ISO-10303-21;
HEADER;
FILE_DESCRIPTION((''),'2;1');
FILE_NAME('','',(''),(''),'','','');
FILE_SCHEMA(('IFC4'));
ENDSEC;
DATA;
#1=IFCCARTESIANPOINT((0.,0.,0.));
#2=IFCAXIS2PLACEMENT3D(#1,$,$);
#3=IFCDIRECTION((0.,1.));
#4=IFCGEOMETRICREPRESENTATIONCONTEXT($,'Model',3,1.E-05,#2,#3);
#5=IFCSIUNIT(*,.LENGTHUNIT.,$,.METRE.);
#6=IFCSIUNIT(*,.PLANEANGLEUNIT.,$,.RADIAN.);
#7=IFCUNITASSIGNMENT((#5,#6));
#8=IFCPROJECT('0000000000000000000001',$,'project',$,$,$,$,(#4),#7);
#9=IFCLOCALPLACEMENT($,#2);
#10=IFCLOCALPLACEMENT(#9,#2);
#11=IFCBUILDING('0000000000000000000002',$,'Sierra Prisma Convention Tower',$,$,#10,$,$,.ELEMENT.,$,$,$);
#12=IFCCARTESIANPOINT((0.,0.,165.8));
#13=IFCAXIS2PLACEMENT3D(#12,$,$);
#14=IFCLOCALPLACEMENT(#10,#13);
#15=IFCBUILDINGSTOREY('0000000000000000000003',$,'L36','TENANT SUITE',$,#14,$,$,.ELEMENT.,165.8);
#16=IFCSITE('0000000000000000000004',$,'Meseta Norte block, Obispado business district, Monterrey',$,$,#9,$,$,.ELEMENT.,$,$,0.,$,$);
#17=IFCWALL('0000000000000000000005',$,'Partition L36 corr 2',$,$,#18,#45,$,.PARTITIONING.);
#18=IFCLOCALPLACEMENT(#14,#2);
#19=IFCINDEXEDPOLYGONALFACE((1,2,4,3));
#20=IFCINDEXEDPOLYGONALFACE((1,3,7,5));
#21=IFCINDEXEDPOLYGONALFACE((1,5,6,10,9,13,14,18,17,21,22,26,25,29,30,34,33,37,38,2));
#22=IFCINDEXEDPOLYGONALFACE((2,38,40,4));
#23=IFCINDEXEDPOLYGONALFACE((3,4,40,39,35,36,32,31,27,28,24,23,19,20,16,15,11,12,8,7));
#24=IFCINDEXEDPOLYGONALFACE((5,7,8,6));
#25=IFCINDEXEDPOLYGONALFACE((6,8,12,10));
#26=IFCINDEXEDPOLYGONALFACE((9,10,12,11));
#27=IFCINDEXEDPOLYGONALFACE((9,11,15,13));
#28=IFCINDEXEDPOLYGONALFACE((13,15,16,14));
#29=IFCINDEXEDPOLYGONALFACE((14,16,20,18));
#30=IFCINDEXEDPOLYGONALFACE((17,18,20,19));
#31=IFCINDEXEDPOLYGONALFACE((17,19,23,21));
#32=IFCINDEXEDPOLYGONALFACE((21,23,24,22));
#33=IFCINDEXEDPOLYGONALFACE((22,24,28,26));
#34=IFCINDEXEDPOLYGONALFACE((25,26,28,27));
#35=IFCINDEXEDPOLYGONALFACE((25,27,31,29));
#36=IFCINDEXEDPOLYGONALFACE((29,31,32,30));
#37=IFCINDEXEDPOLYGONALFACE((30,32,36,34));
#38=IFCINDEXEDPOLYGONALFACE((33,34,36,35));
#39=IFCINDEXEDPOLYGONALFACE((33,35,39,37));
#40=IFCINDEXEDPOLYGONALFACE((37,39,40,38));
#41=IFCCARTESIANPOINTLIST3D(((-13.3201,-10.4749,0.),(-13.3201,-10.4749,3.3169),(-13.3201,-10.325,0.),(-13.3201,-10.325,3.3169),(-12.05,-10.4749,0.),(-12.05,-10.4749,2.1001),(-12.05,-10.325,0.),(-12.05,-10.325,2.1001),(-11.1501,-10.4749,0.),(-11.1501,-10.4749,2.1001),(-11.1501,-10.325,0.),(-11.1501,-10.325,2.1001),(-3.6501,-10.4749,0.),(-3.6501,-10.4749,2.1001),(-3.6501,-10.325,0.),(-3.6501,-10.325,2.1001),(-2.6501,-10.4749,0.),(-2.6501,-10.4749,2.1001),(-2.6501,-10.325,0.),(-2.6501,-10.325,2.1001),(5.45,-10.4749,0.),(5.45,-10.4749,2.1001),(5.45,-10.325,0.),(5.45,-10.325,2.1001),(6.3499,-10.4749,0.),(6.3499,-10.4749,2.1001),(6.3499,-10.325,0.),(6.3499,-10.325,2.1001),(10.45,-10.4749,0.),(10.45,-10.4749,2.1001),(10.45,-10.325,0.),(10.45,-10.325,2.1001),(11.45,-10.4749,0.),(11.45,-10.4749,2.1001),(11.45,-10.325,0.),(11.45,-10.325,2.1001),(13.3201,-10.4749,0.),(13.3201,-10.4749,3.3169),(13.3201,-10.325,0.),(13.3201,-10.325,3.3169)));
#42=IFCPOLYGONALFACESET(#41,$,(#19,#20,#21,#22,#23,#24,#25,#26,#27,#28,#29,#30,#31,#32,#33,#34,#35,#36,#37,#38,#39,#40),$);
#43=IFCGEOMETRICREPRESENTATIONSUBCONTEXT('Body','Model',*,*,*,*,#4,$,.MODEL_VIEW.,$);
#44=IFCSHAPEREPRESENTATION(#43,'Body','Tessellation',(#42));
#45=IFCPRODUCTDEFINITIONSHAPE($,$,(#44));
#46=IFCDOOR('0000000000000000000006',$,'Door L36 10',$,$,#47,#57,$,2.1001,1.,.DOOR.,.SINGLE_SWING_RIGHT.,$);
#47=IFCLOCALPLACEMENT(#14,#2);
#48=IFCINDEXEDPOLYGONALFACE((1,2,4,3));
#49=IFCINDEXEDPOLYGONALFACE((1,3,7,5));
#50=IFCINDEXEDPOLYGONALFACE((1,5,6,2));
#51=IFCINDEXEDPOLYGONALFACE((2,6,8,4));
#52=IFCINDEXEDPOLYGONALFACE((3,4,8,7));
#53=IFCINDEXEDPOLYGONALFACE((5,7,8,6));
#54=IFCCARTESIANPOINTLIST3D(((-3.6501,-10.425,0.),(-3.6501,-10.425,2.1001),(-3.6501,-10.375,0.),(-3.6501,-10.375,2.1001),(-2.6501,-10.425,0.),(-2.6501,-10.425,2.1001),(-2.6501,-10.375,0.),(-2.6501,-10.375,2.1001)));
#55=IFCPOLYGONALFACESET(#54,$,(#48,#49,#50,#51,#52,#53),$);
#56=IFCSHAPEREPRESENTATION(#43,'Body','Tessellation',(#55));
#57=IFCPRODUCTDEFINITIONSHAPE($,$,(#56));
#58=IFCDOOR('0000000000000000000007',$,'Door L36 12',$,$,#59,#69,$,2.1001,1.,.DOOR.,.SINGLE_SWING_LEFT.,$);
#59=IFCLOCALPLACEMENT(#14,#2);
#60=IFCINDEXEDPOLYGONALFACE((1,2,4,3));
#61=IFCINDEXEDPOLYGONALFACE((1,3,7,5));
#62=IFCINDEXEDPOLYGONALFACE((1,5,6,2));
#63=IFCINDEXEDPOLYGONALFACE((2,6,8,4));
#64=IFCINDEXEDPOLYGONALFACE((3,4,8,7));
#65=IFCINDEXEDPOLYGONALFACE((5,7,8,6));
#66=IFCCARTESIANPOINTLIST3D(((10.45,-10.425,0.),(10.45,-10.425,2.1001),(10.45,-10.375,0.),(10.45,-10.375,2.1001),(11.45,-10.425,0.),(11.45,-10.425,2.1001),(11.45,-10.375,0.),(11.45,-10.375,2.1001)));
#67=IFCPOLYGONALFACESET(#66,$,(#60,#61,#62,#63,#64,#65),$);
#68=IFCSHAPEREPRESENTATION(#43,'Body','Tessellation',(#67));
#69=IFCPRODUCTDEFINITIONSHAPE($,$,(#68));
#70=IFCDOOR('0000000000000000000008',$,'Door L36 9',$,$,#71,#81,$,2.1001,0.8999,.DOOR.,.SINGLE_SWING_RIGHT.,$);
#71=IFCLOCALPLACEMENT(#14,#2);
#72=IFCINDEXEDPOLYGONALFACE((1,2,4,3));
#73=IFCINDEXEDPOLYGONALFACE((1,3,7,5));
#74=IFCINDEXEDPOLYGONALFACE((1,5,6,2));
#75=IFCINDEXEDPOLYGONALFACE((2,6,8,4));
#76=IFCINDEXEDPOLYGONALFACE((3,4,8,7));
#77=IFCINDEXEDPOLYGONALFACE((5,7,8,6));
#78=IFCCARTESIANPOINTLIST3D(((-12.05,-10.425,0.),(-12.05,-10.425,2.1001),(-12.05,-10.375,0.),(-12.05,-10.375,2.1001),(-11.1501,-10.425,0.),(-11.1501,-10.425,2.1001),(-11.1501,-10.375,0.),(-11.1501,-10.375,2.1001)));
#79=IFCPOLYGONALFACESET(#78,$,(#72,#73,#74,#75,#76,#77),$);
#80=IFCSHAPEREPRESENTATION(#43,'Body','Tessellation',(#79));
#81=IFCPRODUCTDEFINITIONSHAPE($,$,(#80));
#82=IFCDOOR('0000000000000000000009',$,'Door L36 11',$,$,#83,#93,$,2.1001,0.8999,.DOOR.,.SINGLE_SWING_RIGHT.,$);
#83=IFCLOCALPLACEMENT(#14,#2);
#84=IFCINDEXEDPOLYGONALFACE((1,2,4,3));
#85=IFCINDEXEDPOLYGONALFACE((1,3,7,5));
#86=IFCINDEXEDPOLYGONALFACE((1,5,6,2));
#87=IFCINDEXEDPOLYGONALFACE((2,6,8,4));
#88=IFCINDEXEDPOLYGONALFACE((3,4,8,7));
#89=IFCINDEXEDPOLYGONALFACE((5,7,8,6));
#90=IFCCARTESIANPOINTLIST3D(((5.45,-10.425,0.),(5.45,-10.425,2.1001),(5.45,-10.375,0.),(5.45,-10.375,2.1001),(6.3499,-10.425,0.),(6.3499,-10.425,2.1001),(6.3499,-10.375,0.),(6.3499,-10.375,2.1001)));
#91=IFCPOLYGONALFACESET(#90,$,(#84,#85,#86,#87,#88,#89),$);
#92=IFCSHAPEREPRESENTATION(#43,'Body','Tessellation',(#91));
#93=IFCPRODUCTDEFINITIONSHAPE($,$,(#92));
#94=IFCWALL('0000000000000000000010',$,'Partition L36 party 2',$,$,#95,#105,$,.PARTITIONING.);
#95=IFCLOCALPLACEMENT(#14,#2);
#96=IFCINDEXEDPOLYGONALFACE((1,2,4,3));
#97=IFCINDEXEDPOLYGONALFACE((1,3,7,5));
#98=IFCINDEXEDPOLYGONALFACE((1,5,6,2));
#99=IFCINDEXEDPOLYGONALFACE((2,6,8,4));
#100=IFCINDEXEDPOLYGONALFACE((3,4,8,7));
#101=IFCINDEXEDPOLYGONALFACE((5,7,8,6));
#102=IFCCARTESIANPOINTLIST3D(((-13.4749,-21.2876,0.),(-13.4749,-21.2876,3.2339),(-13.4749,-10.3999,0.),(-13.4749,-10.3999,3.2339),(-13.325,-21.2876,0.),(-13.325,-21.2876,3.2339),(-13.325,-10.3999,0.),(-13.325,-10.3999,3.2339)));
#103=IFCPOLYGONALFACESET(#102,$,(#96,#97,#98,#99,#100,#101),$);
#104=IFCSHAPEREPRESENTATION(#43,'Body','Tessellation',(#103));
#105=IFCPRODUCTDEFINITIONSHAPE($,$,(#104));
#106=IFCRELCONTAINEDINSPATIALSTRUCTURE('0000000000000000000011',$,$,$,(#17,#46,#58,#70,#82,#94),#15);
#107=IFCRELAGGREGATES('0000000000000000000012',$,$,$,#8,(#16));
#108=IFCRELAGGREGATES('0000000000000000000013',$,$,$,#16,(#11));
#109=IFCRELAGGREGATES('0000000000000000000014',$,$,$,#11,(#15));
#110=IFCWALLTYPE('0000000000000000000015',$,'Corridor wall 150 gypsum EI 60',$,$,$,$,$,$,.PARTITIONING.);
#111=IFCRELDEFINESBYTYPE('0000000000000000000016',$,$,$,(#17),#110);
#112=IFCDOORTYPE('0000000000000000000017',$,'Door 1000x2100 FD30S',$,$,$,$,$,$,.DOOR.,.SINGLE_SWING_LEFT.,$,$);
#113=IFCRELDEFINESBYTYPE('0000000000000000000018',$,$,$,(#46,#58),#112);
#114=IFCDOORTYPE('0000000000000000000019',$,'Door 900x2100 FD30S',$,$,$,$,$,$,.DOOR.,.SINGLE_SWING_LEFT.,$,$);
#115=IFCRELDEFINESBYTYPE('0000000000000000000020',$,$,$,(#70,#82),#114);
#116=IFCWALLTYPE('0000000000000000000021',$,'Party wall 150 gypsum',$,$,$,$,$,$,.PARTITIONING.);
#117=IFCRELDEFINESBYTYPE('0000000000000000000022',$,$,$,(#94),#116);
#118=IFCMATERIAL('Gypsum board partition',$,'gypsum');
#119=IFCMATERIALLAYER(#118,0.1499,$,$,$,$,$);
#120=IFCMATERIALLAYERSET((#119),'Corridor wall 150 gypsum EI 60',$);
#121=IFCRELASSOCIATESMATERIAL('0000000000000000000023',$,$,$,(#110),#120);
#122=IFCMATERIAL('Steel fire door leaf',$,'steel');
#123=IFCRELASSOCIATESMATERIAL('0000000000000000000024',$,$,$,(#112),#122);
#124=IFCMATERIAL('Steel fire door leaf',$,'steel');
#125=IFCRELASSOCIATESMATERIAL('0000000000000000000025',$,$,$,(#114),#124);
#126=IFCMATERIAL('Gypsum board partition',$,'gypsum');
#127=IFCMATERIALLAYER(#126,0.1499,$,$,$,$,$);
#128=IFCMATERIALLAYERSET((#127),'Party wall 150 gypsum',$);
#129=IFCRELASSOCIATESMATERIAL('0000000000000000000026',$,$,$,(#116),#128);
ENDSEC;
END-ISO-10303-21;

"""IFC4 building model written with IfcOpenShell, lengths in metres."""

from ifc_helpers import new_model, si_unit, direction, frame, frame_2d, origin, place, context, subcontext, project, spatial, rectangle, extrude, material, layer, layer_set, type_object, element, fill, save


model = new_model("IFC4")

# Units and contexts
model_context = context("Model", 3, precision=1e-05, world=origin(), true_north=direction((0.0, 1.0)))
body_context = subcontext(model_context, "Body", "Model", "MODEL_VIEW")
ifc_project = project(units=[si_unit("LENGTHUNIT", "METRE"), si_unit("PLANEANGLEUNIT", "RADIAN")], contexts=[model_context])

# Site, building, storey
site_placement = place(None, origin())
site = spatial("IfcSite", under=ifc_project, at=site_placement, Name="Meseta Norte block, Obispado business district, Monterrey", CompositionType="ELEMENT", RefElevation=0.0)
building_placement = place(site_placement, origin())
building = spatial("IfcBuilding", under=site, at=building_placement, Name="Sierra Prisma Convention Tower", CompositionType="ELEMENT")
storey_placement = place(building_placement, frame((0.0, 0.0, 165.8)))
storey = spatial("IfcBuildingStorey", under=building, at=storey_placement, Name="L36", Description="TENANT SUITE", CompositionType="ELEMENT", Elevation=165.8)

# Wall, openings, doors
ifc_material_1 = material(Name="Gypsum board partition", Category="gypsum")
ifc_layer_1 = layer(ifc_material_1, 0.1499)
ifc_layer_set_1 = layer_set([ifc_layer_1], Name="Corridor wall 150 gypsum EI 60")
wall_type_1 = type_object("IfcWallType", Name="Corridor wall 150 gypsum EI 60", PredefinedType="PARTITIONING", material=ifc_layer_set_1)
wall_1_placement = place(storey_placement, frame((-13.3201, -10.3999, 0.0), z_axis=(0.0, 0.0, 1.0), x_axis=(1.0, 0.0, 0.0)))
wall_1 = element("IfcWall", 1, at=wall_1_placement, inside=storey, type_object=wall_type_1, Name="Partition L36 corr 2", PredefinedType="PARTITIONING", context=body_context, shape_type="SweptSolid", body=[
    extrude(rectangle(XDim=26.6401, YDim=0.1499, at=frame_2d((13.3201, 0.0))), origin(), (0.0, 0.0, 1.0), 3.3169),
])
opening_1_placement = place(wall_1_placement, frame((1.27, 0.0, 0.0)))
opening_1 = element("IfcOpeningElement", 2, at=opening_1_placement, cuts=wall_1, PredefinedType="OPENING", context=body_context, shape_type="SweptSolid", body=[
    extrude(rectangle(XDim=0.8999, YDim=2.1001, at=frame_2d((0.45, 1.05))), frame((0.0, 0.075, 0.0), z_axis=(0.0, -1.0, 0.0), x_axis=(1.0, 0.0, 0.0)), (0.0, 0.0, 1.0), 0.1499),
])
opening_2_placement = place(wall_1_placement, frame((9.6699, 0.0, 0.0)))
opening_2 = element("IfcOpeningElement", 3, at=opening_2_placement, cuts=wall_1, PredefinedType="OPENING", context=body_context, shape_type="SweptSolid", body=[
    extrude(rectangle(XDim=1.0, YDim=2.1001, at=frame_2d((0.5, 1.05))), frame((0.0, 0.075, 0.0), z_axis=(0.0, -1.0, 0.0), x_axis=(1.0, 0.0, 0.0)), (0.0, 0.0, 1.0), 0.1499),
])
opening_3_placement = place(wall_1_placement, frame((18.77, 0.0, 0.0)))
opening_3 = element("IfcOpeningElement", 4, at=opening_3_placement, cuts=wall_1, PredefinedType="OPENING", context=body_context, shape_type="SweptSolid", body=[
    extrude(rectangle(XDim=0.8999, YDim=2.1001, at=frame_2d((0.45, 1.05))), frame((0.0, 0.075, 0.0), z_axis=(0.0, -1.0, 0.0), x_axis=(1.0, 0.0, 0.0)), (0.0, 0.0, 1.0), 0.1499),
])
opening_4_placement = place(wall_1_placement, frame((23.77, 0.0, 0.0)))
opening_4 = element("IfcOpeningElement", 5, at=opening_4_placement, cuts=wall_1, PredefinedType="OPENING", context=body_context, shape_type="SweptSolid", body=[
    extrude(rectangle(XDim=1.0, YDim=2.1001, at=frame_2d((0.5, 1.05))), frame((0.0, 0.075, 0.0), z_axis=(0.0, -1.0, 0.0), x_axis=(1.0, 0.0, 0.0)), (0.0, 0.0, 1.0), 0.1499),
])
ifc_material_2 = material(Name="Steel fire door leaf", Category="steel")
door_type_1 = type_object("IfcDoorType", Name="Door 1000x2100 FD30S", OperationType="SINGLE_SWING_LEFT", PredefinedType="DOOR", material=ifc_material_2)
door_1_placement = place(opening_2_placement, origin())
door_1 = element("IfcDoor", 6, at=door_1_placement, inside=storey, type_object=door_type_1, Name="Door L36 10", OperationType="SINGLE_SWING_RIGHT", OverallHeight=2.1001, OverallWidth=1.0, PredefinedType="DOOR", context=body_context, shape_type="SweptSolid", body=[
    extrude(rectangle(XDim=1.0, YDim=2.1001, at=frame_2d((0.5, 1.05))), frame((0.0, 0.0249, 0.0), z_axis=(0.0, -1.0, 0.0), x_axis=(1.0, 0.0, 0.0)), (0.0, 0.0, 1.0), 0.05),
])
fill(opening_2, door_1)
door_2_placement = place(opening_4_placement, origin())
door_2 = element("IfcDoor", 7, at=door_2_placement, inside=storey, type_object=door_type_1, Name="Door L36 12", OperationType="SINGLE_SWING_LEFT", OverallHeight=2.1001, OverallWidth=1.0, PredefinedType="DOOR", context=body_context, shape_type="SweptSolid", body=[
    extrude(rectangle(XDim=1.0, YDim=2.1001, at=frame_2d((0.5, 1.05))), frame((0.0, 0.0249, 0.0), z_axis=(0.0, -1.0, 0.0), x_axis=(1.0, 0.0, 0.0)), (0.0, 0.0, 1.0), 0.05),
])
fill(opening_4, door_2)
ifc_material_3 = material(Name="Steel fire door leaf", Category="steel")
door_type_2 = type_object("IfcDoorType", Name="Door 900x2100 FD30S", OperationType="SINGLE_SWING_LEFT", PredefinedType="DOOR", material=ifc_material_3)
door_3_placement = place(opening_1_placement, origin())
door_3 = element("IfcDoor", 8, at=door_3_placement, inside=storey, type_object=door_type_2, Name="Door L36 9", OperationType="SINGLE_SWING_RIGHT", OverallHeight=2.1001, OverallWidth=0.8999, PredefinedType="DOOR", context=body_context, shape_type="SweptSolid", body=[
    extrude(rectangle(XDim=0.8999, YDim=2.1001, at=frame_2d((0.45, 1.05))), frame((0.0, 0.0249, 0.0), z_axis=(0.0, -1.0, 0.0), x_axis=(1.0, 0.0, 0.0)), (0.0, 0.0, 1.0), 0.05),
])
fill(opening_1, door_3)
door_4_placement = place(opening_3_placement, origin())
door_4 = element("IfcDoor", 9, at=door_4_placement, inside=storey, type_object=door_type_2, Name="Door L36 11", OperationType="SINGLE_SWING_RIGHT", OverallHeight=2.1001, OverallWidth=0.8999, PredefinedType="DOOR", context=body_context, shape_type="SweptSolid", body=[
    extrude(rectangle(XDim=0.8999, YDim=2.1001, at=frame_2d((0.45, 1.05))), frame((0.0, 0.0249, 0.0), z_axis=(0.0, -1.0, 0.0), x_axis=(1.0, 0.0, 0.0)), (0.0, 0.0, 1.0), 0.05),
])
fill(opening_3, door_4)

# Wall
ifc_material_4 = material(Name="Gypsum board partition", Category="gypsum")
ifc_layer_2 = layer(ifc_material_4, 0.1499)
ifc_layer_set_2 = layer_set([ifc_layer_2], Name="Party wall 150 gypsum")
wall_type_2 = type_object("IfcWallType", Name="Party wall 150 gypsum", PredefinedType="PARTITIONING", material=ifc_layer_set_2)
wall_2_placement = place(storey_placement, frame((-13.3999, -10.3999, 0.0), z_axis=(0.0, 0.0, 1.0), x_axis=(0.0, -1.0, 0.0)))
element("IfcWall", 10, at=wall_2_placement, inside=storey, type_object=wall_type_2, Name="Partition L36 party 2", PredefinedType="PARTITIONING", context=body_context, shape_type="SweptSolid", body=[
    extrude(rectangle(XDim=10.8877, YDim=0.1499, at=frame_2d((5.4438, 0.0))), origin(), (0.0, 0.0, 1.0), 3.2339),
])

save(model, "model.ifc")
